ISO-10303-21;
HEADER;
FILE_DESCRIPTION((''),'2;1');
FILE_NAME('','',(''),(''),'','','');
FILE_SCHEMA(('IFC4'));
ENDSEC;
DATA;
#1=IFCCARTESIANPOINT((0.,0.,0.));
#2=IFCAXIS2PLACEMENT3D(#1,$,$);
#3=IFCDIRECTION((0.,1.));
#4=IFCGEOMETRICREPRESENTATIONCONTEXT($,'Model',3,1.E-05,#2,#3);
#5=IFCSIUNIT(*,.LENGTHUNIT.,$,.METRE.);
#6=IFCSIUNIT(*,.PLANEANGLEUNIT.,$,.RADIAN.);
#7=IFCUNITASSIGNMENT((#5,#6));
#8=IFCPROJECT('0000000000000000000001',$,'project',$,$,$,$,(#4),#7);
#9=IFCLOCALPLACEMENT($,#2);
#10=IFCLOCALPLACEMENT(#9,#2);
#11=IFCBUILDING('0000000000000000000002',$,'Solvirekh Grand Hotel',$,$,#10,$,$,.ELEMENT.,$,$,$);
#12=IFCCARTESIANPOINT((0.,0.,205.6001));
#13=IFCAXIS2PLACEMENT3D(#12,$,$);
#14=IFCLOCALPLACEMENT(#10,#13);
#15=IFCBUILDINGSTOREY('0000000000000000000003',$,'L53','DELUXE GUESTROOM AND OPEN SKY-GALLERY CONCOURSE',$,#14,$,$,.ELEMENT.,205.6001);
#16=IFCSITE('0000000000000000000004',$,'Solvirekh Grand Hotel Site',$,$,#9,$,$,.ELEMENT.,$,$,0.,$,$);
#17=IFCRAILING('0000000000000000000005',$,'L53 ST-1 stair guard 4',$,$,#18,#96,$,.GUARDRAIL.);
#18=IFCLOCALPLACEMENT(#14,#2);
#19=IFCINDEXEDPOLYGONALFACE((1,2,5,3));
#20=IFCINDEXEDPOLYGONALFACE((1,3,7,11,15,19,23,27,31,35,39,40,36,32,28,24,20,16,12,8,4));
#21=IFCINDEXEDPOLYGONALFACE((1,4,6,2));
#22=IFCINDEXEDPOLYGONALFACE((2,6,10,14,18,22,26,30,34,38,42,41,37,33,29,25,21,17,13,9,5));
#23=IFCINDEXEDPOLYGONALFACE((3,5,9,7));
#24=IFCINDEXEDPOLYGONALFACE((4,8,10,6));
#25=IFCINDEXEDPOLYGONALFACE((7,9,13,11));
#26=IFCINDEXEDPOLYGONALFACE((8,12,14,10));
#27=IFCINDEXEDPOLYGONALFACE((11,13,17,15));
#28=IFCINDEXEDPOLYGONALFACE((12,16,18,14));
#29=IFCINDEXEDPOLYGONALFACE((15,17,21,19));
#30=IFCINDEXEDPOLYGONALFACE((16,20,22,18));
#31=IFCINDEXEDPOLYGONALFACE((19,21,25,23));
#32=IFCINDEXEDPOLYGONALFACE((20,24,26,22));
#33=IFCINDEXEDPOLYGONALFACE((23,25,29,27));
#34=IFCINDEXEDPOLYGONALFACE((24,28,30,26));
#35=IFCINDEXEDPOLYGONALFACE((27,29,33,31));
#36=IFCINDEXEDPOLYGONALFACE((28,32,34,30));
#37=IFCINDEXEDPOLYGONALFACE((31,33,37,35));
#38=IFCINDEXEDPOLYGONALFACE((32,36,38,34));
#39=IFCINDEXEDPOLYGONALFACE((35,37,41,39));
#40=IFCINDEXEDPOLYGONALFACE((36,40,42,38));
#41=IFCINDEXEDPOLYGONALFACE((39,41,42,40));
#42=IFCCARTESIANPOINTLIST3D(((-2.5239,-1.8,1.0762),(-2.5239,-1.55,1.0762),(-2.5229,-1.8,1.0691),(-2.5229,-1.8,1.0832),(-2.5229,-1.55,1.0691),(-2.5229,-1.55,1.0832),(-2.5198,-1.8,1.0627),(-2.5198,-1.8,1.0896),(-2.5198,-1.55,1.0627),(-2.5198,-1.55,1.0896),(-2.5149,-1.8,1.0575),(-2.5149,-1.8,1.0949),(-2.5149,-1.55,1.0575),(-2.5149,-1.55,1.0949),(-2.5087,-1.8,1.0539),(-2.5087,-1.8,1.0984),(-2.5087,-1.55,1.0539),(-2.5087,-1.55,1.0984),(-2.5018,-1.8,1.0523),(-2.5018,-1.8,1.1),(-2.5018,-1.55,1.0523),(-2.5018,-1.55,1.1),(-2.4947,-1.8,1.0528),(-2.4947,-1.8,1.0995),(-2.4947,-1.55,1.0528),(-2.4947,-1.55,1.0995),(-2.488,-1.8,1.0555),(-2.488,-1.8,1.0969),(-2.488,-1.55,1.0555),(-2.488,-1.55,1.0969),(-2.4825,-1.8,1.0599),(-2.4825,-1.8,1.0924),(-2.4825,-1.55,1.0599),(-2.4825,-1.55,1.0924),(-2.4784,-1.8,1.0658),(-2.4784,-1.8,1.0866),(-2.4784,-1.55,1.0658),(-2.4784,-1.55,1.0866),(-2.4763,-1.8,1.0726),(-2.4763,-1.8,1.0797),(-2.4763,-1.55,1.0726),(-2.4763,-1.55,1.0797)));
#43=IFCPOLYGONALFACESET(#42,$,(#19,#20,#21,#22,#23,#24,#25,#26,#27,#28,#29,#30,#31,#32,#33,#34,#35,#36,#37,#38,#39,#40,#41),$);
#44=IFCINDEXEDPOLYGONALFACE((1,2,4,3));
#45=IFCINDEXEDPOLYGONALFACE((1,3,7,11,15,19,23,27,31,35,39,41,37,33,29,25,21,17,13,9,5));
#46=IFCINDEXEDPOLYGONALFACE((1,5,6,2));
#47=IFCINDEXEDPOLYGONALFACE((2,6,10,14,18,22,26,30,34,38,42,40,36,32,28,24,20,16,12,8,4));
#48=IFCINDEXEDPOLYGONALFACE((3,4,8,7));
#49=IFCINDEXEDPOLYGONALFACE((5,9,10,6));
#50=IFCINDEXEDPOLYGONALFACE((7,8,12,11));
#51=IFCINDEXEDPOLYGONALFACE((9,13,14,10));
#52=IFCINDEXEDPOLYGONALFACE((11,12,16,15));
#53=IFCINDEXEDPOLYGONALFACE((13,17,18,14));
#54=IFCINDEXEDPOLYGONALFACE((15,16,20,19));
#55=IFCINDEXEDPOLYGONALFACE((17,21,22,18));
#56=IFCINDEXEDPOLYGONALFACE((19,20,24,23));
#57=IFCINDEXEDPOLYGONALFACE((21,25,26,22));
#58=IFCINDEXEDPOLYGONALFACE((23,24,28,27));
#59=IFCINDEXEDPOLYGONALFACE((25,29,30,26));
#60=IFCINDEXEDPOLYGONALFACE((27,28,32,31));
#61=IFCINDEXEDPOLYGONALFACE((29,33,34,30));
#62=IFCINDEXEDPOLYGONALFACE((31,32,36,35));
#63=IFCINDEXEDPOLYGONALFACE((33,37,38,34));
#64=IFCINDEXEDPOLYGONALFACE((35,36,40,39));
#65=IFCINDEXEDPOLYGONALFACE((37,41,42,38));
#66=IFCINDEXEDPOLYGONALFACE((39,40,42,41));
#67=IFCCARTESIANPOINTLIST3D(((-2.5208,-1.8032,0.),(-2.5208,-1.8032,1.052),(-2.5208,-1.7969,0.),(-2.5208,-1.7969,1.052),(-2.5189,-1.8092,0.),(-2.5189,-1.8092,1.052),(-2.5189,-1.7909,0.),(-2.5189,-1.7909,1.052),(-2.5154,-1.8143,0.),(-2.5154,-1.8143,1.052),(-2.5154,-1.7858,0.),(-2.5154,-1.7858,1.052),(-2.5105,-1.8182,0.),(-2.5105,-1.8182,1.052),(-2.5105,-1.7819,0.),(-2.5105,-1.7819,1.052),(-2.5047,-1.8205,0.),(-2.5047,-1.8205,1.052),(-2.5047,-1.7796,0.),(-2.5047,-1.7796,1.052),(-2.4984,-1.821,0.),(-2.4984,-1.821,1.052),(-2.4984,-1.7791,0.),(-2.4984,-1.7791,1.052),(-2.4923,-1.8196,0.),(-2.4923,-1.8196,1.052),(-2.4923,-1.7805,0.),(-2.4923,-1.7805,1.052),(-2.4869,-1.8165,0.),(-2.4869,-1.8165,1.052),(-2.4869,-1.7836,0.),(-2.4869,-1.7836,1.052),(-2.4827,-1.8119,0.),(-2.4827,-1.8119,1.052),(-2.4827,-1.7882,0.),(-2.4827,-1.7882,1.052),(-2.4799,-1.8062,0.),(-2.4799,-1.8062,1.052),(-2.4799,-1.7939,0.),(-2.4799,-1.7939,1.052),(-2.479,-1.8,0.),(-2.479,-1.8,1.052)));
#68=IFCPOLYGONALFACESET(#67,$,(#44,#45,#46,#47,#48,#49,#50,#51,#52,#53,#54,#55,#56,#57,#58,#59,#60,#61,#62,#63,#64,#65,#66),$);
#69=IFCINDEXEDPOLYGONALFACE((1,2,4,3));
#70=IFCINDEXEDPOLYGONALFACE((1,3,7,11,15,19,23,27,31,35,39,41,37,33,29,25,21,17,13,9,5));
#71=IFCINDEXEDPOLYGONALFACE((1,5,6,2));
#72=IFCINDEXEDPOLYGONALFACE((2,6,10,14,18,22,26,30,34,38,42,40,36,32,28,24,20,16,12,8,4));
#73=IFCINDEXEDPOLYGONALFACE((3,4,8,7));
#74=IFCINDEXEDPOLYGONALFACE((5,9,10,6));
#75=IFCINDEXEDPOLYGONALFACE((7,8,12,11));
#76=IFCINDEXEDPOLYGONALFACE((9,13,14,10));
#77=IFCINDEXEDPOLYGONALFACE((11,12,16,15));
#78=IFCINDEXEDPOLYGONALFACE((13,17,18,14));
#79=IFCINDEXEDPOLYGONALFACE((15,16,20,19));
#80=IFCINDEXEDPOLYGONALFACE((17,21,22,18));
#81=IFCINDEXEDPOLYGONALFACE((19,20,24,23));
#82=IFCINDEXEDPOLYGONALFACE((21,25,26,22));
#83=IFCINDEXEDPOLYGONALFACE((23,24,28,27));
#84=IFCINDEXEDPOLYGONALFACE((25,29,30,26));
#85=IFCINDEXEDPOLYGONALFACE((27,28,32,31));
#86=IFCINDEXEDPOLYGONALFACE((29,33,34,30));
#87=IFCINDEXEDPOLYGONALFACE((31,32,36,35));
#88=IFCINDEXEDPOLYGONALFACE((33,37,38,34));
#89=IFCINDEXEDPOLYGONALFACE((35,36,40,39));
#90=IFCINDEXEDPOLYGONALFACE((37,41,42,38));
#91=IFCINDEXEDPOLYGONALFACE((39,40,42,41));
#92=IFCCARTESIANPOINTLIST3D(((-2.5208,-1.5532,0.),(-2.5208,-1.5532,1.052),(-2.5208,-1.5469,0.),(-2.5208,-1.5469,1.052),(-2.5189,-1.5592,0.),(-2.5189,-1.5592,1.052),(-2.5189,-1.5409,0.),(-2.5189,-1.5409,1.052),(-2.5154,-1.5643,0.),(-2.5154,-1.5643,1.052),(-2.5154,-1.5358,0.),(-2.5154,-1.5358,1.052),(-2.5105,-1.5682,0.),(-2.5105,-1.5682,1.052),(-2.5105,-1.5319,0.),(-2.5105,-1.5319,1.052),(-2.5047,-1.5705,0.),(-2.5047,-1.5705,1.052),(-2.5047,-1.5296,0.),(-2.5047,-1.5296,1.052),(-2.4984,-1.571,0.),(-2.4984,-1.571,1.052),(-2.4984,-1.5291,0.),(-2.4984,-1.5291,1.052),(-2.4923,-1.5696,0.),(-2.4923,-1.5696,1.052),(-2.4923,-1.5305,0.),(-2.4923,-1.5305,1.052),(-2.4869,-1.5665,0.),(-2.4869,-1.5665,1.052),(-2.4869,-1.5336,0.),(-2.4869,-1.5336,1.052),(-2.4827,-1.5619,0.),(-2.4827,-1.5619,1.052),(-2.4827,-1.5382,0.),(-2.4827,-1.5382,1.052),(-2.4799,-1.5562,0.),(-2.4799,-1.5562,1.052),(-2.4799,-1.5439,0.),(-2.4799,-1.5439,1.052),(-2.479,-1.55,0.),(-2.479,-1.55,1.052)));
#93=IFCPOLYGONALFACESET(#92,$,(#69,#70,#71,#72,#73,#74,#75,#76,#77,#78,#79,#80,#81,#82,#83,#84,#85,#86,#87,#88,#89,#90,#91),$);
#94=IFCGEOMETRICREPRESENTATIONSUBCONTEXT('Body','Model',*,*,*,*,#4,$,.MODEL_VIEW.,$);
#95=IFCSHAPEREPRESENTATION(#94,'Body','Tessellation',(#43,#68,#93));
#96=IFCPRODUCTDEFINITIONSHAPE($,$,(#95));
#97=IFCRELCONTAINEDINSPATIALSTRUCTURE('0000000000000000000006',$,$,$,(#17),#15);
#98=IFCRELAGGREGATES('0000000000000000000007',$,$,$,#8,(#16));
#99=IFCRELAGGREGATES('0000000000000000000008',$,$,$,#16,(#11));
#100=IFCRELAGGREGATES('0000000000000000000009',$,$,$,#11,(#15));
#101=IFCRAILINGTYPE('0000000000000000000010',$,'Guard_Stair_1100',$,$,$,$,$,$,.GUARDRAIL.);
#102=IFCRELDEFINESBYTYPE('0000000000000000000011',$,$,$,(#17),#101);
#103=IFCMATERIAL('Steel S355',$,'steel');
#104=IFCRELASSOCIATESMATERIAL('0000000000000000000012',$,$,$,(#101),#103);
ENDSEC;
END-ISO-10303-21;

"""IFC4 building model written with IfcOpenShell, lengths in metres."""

from ifc_helpers import new_model, si_unit, direction, frame, origin, origin_2d, place, context, subcontext, project, spatial, circle, extrude, material, type_object, element, save


model = new_model("IFC4")

# Units and contexts
model_context = context("Model", 3, precision=1e-05, world=origin(), true_north=direction((0.0, 1.0)))
body_context = subcontext(model_context, "Body", "Model", "MODEL_VIEW")
ifc_project = project(units=[si_unit("LENGTHUNIT", "METRE"), si_unit("PLANEANGLEUNIT", "RADIAN")], contexts=[model_context])

# Site, building, storey
site_placement = place(None, origin())
site = spatial("IfcSite", under=ifc_project, at=site_placement, Name="Solvirekh Grand Hotel Site", CompositionType="ELEMENT", RefElevation=0.0)
building_placement = place(site_placement, origin())
building = spatial("IfcBuilding", under=site, at=building_placement, Name="Solvirekh Grand Hotel", CompositionType="ELEMENT")
storey_placement = place(building_placement, frame((0.0, 0.0, 205.6001)))
storey = spatial("IfcBuildingStorey", under=building, at=storey_placement, Name="L53", Description="DELUXE GUESTROOM AND OPEN SKY-GALLERY CONCOURSE", CompositionType="ELEMENT", Elevation=205.6001)

# Shared definitions
ifc_material_1 = material(Name="Steel S355", Category="steel")

# Railing
railing_type_1 = type_object("IfcRailingType", Name="Guard_Stair_1100", PredefinedType="GUARDRAIL", material=ifc_material_1)
railing_1_placement = place(storey_placement, frame((-2.5, -1.8, 0.0)))
element("IfcRailing", 1, at=railing_1_placement, inside=storey, type_object=railing_type_1, Name="L53 ST-1 stair guard 4", PredefinedType="GUARDRAIL", context=body_context, shape_type="SweptSolid", body=[
    extrude(circle(Radius=0.0239, at=origin_2d()), frame((0.0, 0.0, 1.0762), z_axis=(0.0, 1.0, 0.0), x_axis=(-1.0, 0.0, 0.0)), (0.0, 0.0, 1.0), 0.25),
    extrude(circle(Radius=0.021, at=origin_2d()), origin(), (0.0, 0.0, 1.0), 1.052),
    extrude(circle(Radius=0.021, at=origin_2d()), frame((0.0, 0.25, 0.0)), (0.0, 0.0, 1.0), 1.052),
])

save(model, "model.ifc")
